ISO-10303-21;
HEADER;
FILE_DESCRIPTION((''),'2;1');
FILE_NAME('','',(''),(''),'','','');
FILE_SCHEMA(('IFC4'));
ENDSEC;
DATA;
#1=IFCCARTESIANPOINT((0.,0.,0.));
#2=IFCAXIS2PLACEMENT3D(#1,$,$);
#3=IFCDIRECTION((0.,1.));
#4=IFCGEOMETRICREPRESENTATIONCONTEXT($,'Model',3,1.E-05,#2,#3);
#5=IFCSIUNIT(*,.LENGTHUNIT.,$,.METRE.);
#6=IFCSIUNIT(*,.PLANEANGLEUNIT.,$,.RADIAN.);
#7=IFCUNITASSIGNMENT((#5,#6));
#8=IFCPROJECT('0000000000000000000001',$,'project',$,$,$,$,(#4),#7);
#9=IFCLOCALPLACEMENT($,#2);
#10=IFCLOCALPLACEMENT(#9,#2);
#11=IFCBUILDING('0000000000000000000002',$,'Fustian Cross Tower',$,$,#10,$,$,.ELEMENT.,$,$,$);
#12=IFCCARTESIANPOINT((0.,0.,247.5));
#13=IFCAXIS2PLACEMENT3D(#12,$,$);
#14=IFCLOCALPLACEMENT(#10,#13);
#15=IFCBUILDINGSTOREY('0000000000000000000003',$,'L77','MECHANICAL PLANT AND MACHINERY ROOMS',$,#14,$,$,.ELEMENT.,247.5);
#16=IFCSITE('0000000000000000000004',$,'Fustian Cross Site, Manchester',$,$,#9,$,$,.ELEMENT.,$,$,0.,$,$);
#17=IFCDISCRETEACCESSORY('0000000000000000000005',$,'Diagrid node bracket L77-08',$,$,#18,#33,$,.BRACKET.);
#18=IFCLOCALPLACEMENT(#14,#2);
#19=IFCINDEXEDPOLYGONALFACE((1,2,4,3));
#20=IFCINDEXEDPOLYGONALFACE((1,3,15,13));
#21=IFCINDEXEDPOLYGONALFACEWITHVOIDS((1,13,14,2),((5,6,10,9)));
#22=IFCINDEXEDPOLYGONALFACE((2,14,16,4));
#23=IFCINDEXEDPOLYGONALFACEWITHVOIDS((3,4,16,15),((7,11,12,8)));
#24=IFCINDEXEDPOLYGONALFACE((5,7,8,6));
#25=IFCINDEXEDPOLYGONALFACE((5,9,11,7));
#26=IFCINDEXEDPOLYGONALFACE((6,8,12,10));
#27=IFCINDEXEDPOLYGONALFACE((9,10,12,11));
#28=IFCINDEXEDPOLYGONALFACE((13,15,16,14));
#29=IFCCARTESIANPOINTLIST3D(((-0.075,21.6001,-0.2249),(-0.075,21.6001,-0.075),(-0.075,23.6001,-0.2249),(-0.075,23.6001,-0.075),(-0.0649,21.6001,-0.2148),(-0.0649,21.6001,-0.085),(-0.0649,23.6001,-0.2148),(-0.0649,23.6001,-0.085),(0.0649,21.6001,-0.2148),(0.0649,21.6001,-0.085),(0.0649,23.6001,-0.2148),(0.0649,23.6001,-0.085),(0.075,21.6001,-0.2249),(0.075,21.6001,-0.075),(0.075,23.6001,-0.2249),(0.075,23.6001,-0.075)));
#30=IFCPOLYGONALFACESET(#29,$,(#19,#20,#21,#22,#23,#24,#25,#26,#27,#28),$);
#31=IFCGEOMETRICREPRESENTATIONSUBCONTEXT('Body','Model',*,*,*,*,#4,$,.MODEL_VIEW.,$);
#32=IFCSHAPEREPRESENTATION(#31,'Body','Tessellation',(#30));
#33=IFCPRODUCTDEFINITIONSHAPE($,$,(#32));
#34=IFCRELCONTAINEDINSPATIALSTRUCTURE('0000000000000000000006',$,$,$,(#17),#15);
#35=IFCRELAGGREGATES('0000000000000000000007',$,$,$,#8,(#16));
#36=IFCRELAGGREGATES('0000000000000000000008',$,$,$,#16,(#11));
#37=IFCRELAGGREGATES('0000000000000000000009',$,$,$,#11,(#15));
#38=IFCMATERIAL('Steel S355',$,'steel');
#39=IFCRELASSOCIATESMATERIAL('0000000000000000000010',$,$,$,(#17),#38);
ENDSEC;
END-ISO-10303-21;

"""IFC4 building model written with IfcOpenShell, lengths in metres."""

from ifc_helpers import new_model, si_unit, direction, frame, origin, origin_2d, place, context, subcontext, project, spatial, hollow_rectangle, extrude, material, element, save


model = new_model("IFC4")

# Units and contexts
model_context = context("Model", 3, precision=1e-05, world=origin(), true_north=direction((0.0, 1.0)))
body_context = subcontext(model_context, "Body", "Model", "MODEL_VIEW")
ifc_project = project(units=[si_unit("LENGTHUNIT", "METRE"), si_unit("PLANEANGLEUNIT", "RADIAN")], contexts=[model_context])

# Site, building, storey
site_placement = place(None, origin())
site = spatial("IfcSite", under=ifc_project, at=site_placement, Name="Fustian Cross Site, Manchester", CompositionType="ELEMENT", RefElevation=0.0)
building_placement = place(site_placement, origin())
building = spatial("IfcBuilding", under=site, at=building_placement, Name="Fustian Cross Tower", CompositionType="ELEMENT")
storey_placement = place(building_placement, frame((0.0, 0.0, 247.5)))
storey = spatial("IfcBuildingStorey", under=building, at=storey_placement, Name="L77", Description="MECHANICAL PLANT AND MACHINERY ROOMS", CompositionType="ELEMENT", Elevation=247.5)

# Discrete accessory
ifc_material_1 = material(Name="Steel S355", Category="steel")
discrete_accessory_placement = place(storey_placement, frame((0.0, 23.6001, -0.1499), z_axis=(0.0, -1.0, 0.0), x_axis=(1.0, 0.0, 0.0)))
element("IfcDiscreteAccessory", 1, at=discrete_accessory_placement, inside=storey, material=ifc_material_1, Name="Diagrid node bracket L77-08", PredefinedType="BRACKET", context=body_context, shape_type="SweptSolid", body=[
    extrude(hollow_rectangle(XDim=0.1499, YDim=0.1499, WallThickness=0.01, at=origin_2d()), origin(), (0.0, 0.0, 1.0), 2.0),
])

save(model, "model.ifc")
